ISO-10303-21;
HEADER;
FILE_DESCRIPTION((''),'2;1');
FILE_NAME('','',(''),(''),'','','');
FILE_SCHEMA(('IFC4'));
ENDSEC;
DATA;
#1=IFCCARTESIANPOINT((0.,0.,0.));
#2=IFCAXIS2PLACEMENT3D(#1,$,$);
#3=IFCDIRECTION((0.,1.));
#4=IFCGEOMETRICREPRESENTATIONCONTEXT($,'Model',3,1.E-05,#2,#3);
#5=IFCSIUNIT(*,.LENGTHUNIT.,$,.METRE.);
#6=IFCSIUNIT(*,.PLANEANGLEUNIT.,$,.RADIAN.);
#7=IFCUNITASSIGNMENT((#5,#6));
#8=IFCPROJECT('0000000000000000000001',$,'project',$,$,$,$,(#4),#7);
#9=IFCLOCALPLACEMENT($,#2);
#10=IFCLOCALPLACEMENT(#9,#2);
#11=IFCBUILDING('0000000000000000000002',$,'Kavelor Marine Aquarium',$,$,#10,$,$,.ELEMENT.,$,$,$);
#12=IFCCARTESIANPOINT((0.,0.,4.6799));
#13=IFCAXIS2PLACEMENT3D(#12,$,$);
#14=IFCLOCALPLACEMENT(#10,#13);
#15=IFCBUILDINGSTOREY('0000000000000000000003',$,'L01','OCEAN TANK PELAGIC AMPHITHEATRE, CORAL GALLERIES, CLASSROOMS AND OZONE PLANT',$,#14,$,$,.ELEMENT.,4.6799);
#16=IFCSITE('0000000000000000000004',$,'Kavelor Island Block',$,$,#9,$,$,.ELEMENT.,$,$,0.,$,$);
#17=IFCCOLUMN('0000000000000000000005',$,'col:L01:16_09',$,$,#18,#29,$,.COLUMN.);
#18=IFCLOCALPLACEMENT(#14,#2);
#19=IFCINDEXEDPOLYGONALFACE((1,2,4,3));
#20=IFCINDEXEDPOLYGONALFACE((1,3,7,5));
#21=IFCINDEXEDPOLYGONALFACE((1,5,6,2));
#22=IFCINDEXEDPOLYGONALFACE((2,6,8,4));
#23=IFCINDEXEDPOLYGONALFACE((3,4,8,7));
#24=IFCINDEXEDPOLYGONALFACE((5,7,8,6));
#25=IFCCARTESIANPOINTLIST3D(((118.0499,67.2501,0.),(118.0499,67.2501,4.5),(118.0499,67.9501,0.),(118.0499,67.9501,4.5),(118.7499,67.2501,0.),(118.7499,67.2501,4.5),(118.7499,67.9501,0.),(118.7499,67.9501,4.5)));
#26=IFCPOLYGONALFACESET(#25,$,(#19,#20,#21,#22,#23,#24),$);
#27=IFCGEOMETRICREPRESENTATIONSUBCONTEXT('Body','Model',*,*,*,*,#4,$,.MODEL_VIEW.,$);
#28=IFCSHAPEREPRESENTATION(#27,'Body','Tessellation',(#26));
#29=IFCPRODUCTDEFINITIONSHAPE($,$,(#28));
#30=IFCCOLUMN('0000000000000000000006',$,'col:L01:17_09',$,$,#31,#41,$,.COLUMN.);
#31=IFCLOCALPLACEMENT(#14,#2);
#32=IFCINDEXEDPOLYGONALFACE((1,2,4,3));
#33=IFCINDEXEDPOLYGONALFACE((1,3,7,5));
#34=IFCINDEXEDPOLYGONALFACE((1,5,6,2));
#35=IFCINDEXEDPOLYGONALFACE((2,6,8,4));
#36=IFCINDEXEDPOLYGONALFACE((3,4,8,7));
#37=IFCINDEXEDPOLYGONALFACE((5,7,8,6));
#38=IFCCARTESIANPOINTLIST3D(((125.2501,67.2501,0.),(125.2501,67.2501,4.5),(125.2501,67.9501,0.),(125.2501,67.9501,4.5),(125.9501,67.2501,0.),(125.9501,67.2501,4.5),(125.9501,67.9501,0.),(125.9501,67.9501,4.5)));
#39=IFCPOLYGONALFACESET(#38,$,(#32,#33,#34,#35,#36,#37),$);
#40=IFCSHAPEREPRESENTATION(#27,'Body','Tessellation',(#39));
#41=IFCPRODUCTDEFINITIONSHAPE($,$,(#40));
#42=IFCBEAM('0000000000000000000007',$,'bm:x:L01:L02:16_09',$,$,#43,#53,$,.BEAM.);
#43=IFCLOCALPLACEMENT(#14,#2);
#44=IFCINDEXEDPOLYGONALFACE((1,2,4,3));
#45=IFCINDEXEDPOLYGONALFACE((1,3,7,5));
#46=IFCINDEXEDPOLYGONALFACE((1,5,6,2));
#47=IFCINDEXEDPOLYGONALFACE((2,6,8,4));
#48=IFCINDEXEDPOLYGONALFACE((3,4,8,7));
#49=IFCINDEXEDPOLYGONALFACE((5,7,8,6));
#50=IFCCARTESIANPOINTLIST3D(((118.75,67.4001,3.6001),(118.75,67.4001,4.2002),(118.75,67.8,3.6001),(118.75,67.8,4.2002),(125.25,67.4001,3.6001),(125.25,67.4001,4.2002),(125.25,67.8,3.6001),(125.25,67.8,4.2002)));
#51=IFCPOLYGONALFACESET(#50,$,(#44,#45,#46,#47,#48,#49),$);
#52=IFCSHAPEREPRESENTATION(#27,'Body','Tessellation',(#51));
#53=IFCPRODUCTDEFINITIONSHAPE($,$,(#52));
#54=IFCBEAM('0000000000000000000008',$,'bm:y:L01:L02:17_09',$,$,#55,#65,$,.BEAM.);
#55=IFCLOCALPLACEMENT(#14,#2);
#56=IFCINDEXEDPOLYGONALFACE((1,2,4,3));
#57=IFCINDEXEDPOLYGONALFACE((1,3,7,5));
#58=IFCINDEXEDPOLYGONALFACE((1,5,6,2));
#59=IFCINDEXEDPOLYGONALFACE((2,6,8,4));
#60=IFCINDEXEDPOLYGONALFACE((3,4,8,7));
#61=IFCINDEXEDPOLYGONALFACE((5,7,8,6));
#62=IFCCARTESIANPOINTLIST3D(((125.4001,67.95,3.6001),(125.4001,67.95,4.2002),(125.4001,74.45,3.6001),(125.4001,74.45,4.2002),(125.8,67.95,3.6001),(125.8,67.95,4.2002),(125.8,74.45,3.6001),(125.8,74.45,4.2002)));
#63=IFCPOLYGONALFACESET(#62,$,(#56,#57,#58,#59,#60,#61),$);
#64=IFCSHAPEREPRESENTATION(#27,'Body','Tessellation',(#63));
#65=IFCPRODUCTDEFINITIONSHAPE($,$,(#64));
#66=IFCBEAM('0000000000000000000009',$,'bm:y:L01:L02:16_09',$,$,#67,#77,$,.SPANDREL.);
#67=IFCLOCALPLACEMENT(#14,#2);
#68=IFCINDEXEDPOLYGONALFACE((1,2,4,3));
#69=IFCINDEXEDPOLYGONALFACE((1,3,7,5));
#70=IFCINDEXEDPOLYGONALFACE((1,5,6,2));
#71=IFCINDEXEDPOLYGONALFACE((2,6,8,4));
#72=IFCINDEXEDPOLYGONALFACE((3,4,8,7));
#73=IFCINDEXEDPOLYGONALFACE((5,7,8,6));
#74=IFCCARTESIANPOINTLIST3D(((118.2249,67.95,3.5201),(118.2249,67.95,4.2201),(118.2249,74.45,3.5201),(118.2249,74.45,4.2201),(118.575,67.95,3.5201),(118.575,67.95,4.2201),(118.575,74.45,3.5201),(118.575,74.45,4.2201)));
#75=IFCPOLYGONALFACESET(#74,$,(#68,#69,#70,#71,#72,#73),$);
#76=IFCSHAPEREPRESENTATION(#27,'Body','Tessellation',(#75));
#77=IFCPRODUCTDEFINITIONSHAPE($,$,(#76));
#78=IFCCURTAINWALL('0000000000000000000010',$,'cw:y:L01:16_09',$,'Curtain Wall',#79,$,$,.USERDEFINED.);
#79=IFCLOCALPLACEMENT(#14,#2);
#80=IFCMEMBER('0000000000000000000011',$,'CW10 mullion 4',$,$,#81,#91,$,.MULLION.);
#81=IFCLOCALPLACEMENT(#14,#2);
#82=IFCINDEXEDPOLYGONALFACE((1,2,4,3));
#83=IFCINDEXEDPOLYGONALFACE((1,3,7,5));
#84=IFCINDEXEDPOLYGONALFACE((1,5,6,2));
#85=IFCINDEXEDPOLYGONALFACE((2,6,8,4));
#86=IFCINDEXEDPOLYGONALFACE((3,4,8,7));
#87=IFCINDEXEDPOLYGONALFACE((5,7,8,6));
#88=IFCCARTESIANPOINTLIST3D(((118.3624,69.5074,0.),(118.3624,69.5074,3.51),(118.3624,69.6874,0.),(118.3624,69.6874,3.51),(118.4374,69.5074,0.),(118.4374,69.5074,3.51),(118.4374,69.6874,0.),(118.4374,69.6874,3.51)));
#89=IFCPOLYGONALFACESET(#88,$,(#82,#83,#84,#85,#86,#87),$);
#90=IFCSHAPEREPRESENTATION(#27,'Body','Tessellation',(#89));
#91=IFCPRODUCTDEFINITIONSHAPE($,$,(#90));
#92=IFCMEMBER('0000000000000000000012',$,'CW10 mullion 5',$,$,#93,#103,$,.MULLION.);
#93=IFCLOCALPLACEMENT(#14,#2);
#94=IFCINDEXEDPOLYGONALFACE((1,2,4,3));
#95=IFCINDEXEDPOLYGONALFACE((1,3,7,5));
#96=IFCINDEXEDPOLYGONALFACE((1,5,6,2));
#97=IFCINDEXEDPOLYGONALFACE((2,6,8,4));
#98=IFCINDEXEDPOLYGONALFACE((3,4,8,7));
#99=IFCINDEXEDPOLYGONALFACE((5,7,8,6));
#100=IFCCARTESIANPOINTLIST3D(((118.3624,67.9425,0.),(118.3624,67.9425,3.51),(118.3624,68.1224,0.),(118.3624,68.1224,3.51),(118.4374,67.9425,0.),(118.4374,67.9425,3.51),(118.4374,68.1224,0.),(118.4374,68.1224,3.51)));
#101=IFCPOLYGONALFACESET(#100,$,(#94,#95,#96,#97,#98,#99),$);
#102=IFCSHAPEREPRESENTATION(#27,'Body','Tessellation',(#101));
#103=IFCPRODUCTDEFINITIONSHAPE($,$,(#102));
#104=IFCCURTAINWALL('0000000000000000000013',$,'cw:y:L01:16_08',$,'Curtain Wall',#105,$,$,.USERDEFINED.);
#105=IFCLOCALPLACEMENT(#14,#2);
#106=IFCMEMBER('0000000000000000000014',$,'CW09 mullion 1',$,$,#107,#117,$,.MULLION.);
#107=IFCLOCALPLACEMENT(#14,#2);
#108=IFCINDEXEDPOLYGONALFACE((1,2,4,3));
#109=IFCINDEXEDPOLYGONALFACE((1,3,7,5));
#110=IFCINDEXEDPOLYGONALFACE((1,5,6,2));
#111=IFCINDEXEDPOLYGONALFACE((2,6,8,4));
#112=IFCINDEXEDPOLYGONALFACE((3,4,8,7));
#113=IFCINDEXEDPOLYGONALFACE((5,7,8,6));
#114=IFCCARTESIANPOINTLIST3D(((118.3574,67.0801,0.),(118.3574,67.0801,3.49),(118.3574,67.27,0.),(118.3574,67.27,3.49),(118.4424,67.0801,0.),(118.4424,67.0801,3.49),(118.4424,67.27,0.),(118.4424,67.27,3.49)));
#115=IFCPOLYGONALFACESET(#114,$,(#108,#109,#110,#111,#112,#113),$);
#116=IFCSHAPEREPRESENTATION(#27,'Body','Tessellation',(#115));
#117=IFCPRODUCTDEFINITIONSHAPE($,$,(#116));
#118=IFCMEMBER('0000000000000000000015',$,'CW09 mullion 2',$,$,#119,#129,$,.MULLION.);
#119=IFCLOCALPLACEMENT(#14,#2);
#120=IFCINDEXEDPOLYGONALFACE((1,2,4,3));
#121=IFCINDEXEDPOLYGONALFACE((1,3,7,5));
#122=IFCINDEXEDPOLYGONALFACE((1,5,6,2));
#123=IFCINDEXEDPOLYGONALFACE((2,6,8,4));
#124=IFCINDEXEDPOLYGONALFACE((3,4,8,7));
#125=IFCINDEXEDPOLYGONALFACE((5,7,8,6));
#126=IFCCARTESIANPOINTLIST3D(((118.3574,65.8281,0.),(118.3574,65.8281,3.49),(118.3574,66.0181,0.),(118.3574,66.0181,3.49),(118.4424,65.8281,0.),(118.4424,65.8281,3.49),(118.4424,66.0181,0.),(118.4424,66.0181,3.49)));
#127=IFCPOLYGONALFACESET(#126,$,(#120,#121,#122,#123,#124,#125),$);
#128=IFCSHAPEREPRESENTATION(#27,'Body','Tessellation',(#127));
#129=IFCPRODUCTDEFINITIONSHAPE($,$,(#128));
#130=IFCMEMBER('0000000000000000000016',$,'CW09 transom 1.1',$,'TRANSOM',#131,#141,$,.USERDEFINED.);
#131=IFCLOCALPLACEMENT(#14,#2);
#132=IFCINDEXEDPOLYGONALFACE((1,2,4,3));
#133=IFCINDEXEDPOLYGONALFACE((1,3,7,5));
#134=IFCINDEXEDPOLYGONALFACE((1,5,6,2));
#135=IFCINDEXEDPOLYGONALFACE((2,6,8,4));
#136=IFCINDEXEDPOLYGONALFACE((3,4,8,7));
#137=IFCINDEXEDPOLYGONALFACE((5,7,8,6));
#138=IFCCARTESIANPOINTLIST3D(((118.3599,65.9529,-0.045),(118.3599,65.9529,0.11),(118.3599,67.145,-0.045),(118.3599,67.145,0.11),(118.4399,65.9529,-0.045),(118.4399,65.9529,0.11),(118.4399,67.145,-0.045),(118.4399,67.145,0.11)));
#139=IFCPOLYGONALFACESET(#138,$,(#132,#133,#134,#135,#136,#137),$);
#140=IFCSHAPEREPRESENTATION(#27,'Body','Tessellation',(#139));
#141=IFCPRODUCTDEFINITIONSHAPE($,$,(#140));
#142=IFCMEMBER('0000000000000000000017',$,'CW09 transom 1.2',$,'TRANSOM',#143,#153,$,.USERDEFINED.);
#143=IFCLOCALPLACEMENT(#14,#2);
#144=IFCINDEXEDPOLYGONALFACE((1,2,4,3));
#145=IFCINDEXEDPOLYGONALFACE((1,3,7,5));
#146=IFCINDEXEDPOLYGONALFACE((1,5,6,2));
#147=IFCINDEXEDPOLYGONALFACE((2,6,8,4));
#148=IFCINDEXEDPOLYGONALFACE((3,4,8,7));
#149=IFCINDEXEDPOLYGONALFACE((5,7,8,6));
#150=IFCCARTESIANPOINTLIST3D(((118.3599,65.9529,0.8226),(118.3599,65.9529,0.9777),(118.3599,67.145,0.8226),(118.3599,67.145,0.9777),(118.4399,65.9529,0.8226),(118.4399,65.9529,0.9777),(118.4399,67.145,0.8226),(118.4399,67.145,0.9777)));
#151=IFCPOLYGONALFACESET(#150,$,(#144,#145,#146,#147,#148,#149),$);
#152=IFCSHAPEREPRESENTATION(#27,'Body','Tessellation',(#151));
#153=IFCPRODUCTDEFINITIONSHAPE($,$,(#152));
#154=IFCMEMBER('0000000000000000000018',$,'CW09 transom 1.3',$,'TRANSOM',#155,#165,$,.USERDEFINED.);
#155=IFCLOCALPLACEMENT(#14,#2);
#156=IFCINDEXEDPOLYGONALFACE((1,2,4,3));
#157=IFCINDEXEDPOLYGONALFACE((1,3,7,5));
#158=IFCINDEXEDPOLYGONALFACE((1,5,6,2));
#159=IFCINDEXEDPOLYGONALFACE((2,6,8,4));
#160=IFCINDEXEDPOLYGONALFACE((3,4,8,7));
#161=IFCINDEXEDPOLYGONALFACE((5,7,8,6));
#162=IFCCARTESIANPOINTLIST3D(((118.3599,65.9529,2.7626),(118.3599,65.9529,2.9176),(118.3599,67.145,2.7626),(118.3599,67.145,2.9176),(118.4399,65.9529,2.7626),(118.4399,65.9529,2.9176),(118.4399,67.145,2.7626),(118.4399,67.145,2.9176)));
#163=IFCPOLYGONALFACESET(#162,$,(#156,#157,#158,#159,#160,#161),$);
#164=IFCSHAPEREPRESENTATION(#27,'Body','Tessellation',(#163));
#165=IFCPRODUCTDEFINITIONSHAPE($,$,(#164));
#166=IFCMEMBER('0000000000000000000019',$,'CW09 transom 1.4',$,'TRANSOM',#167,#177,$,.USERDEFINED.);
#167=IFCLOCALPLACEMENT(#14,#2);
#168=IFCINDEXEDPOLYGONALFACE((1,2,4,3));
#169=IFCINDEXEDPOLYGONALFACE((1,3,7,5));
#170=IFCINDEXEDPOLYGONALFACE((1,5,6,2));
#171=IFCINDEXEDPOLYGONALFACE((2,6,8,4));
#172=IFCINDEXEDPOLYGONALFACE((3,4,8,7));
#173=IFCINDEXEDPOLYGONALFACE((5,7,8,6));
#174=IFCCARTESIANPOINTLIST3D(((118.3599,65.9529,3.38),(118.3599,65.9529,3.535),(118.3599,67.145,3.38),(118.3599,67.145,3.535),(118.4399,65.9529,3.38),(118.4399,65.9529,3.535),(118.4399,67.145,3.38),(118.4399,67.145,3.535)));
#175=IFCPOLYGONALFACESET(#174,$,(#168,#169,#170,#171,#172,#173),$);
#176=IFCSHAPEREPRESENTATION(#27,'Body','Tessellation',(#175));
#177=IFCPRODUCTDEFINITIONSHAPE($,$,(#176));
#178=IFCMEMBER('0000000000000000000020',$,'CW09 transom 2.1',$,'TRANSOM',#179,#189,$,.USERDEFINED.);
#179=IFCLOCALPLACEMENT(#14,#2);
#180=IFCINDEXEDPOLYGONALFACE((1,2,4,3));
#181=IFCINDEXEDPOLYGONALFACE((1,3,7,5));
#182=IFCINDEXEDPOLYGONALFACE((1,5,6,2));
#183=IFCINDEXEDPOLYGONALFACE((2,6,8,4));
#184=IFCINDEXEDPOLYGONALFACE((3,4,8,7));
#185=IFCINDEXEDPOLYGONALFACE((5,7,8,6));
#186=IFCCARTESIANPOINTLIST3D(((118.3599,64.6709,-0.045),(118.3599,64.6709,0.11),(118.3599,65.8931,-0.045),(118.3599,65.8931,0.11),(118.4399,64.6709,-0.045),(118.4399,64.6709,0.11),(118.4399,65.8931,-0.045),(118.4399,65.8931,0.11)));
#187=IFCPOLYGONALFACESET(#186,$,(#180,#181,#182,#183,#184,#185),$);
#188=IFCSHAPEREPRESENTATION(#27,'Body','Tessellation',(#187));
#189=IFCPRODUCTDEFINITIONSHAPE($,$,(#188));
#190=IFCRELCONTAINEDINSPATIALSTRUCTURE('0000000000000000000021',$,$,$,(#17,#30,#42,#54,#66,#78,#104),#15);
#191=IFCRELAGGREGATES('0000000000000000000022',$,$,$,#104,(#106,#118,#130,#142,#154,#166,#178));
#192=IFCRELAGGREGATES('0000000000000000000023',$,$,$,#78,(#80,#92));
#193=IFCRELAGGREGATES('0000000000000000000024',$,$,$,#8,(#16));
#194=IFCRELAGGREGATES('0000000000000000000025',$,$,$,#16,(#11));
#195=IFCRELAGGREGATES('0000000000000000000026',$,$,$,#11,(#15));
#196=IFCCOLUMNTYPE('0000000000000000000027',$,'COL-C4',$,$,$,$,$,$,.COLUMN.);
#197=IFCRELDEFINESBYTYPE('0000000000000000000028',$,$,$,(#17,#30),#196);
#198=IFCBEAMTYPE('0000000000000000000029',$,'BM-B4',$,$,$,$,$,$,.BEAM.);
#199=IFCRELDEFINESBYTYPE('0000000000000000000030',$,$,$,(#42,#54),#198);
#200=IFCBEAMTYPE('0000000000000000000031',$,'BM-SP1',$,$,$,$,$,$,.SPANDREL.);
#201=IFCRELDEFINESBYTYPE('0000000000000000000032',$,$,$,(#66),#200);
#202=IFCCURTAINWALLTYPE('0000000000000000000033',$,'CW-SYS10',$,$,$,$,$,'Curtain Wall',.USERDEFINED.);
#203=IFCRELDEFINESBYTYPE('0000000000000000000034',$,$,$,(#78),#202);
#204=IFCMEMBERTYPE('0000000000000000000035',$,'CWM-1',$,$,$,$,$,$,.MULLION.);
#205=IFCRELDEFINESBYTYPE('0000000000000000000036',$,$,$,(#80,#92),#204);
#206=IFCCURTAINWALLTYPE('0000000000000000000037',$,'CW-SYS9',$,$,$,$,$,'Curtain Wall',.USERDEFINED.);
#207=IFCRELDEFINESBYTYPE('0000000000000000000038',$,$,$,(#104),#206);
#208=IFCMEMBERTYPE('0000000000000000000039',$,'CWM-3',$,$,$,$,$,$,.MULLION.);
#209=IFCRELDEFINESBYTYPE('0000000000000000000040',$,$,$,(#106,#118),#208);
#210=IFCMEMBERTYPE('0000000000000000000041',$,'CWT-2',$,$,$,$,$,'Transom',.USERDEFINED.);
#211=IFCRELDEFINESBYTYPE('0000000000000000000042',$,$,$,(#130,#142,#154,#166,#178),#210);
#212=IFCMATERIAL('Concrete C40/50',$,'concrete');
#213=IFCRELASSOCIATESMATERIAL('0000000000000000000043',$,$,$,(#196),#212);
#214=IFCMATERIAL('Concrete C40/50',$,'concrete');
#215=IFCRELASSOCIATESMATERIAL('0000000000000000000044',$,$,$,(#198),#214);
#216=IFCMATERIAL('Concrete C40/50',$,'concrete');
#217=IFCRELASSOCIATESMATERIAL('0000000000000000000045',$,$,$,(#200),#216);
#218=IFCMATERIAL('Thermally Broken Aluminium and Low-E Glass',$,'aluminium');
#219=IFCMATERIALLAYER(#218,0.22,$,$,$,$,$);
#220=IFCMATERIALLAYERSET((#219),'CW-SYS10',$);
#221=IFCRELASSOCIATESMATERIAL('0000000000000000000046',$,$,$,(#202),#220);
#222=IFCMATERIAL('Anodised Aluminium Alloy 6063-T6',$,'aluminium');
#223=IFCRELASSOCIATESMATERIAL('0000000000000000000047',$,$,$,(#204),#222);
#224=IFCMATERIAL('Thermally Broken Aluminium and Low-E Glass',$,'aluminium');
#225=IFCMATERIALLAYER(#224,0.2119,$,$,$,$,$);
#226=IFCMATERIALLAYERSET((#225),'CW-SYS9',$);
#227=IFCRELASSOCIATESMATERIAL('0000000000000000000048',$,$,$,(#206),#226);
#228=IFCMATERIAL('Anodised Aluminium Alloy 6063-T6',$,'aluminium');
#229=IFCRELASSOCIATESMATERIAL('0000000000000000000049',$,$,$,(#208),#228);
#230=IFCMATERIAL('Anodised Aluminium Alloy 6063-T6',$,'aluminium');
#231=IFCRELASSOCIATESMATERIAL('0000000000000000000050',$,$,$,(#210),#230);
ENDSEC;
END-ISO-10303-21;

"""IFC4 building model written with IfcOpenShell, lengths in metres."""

from ifc_helpers import new_model, si_unit, direction, frame, origin, origin_2d, place, context, subcontext, project, spatial, rectangle, extrude, material, layer, layer_set, material_profile, profile_set, type_object, element, aggregate, save


model = new_model("IFC4")

# Units and contexts
model_context = context("Model", 3, precision=1e-05, world=origin(), true_north=direction((0.0, 1.0)))
body_context = subcontext(model_context, "Body", "Model", "MODEL_VIEW")
ifc_project = project(units=[si_unit("LENGTHUNIT", "METRE"), si_unit("PLANEANGLEUNIT", "RADIAN")], contexts=[model_context])

# Site, building, storey
site_placement = place(None, origin())
site = spatial("IfcSite", under=ifc_project, at=site_placement, Name="Kavelor Island Block", CompositionType="ELEMENT", RefElevation=0.0)
building_placement = place(site_placement, origin())
building = spatial("IfcBuilding", under=site, at=building_placement, Name="Kavelor Marine Aquarium", CompositionType="ELEMENT")
storey_placement = place(building_placement, frame((0.0, 0.0, 4.6799)))
storey = spatial("IfcBuildingStorey", under=building, at=storey_placement, Name="L01", Description="OCEAN TANK PELAGIC AMPHITHEATRE, CORAL GALLERIES, CLASSROOMS AND OZONE PLANT", CompositionType="ELEMENT", Elevation=4.6799)

# Columns
ifc_material_1 = material(Name="Concrete C40/50", Category="concrete")
ifc_material_profile_1 = material_profile(ifc_material_1, rectangle(XDim=0.7, YDim=0.7, at=origin_2d()), Name="RC-COL 700x700")
ifc_profile_set_1 = profile_set([ifc_material_profile_1], Name="Concrete C40/50")
column_type = type_object("IfcColumnType", Name="COL-C4", PredefinedType="COLUMN", material=ifc_profile_set_1)
for number, where, z_axis, x_axis, name in (
    (1, (118.3999, 67.6001, 0.0), (0.0, 0.0, 1.0), (1.0, 0.0, 0.0), "col:L01:16_09"),
    (2, (125.6001, 67.6001, 0.0), (0.0, 0.0, 1.0), (1.0, 0.0, 0.0), "col:L01:17_09"),
):
    element("IfcColumn", number, at=place(storey_placement, frame(where, z_axis=z_axis, x_axis=x_axis)), inside=storey, type_object=column_type, Name=name, PredefinedType="COLUMN", context=body_context, shape_type="SweptSolid", body=[
        extrude(rectangle(XDim=0.7, YDim=0.7, at=origin_2d()), origin(), (0.0, 0.0, 1.0), 4.5),
    ])

# Beams
ifc_material_2 = material(Name="Concrete C40/50", Category="concrete")
ifc_material_profile_2 = material_profile(ifc_material_2, rectangle(XDim=0.3999, YDim=0.6001, at=origin_2d()), Name="RC-BM 400x600")
ifc_profile_set_2 = profile_set([ifc_material_profile_2], Name="Concrete C40/50")
beam_type_1 = type_object("IfcBeamType", Name="BM-B4", PredefinedType="BEAM", material=ifc_profile_set_2)
for number, where, z_axis, x_axis, name in (
    (3, (118.75, 67.6001, 3.9001), (1.0, 0.0, 0.0), (0.0, 1.0, 0.0), "bm:x:L01:L02:16_09"),
    (4, (125.6001, 67.95, 3.9001), (0.0, 1.0, 0.0), (-1.0, 0.0, 0.0), "bm:y:L01:L02:17_09"),
):
    element("IfcBeam", number, at=place(storey_placement, frame(where, z_axis=z_axis, x_axis=x_axis)), inside=storey, type_object=beam_type_1, Name=name, PredefinedType="BEAM", context=body_context, shape_type="SweptSolid", body=[
        extrude(rectangle(XDim=0.3999, YDim=0.6001, at=origin_2d()), origin(), (0.0, 0.0, 1.0), 6.5),
    ])
ifc_material_3 = material(Name="Concrete C40/50", Category="concrete")
ifc_material_profile_3 = material_profile(ifc_material_3, rectangle(XDim=0.3501, YDim=0.7, at=origin_2d()), Name="RC-SP 350x700")
ifc_profile_set_3 = profile_set([ifc_material_profile_3], Name="Concrete C40/50")
beam_type_2 = type_object("IfcBeamType", Name="BM-SP1", PredefinedType="SPANDREL", material=ifc_profile_set_3)
beam_placement = place(storey_placement, frame((118.3999, 67.95, 3.8701), z_axis=(0.0, 1.0, 0.0), x_axis=(-1.0, 0.0, 0.0)))
element("IfcBeam", 5, at=beam_placement, inside=storey, type_object=beam_type_2, Name="bm:y:L01:L02:16_09", PredefinedType="SPANDREL", context=body_context, shape_type="SweptSolid", body=[
    extrude(rectangle(XDim=0.3501, YDim=0.7, at=origin_2d()), origin(), (0.0, 0.0, 1.0), 6.5),
])

# Curtain walls, members
ifc_material_4 = material(Name="Thermally Broken Aluminium and Low-E Glass", Category="aluminium")
ifc_layer_1 = layer(ifc_material_4, 0.22)
ifc_layer_set_1 = layer_set([ifc_layer_1], Name="CW-SYS10")
curtain_wall_type_1 = type_object("IfcCurtainWallType", Name="CW-SYS10", ElementType="Curtain Wall", PredefinedType="USERDEFINED", material=ifc_layer_set_1)
curtain_wall_1_placement = place(storey_placement, origin())
curtain_wall_1 = element("IfcCurtainWall", 6, at=curtain_wall_1_placement, inside=storey, type_object=curtain_wall_type_1, Name="cw:y:L01:16_09", ObjectType="Curtain Wall", PredefinedType="USERDEFINED")
ifc_material_5 = material(Name="Anodised Aluminium Alloy 6063-T6", Category="aluminium")
ifc_material_profile_4 = material_profile(ifc_material_5, rectangle(XDim=0.075, YDim=0.1799, at=origin_2d()), Name="CW-MUL 75x180")
ifc_profile_set_4 = profile_set([ifc_material_profile_4], Name="Anodised Aluminium Alloy 6063-T6")
member_type_1 = type_object("IfcMemberType", Name="CWM-1", PredefinedType="MULLION", material=ifc_profile_set_4)
member_1_placement = place(storey_placement, frame((118.3999, 69.5974, 0.0), z_axis=(0.0, 0.0, 1.0), x_axis=(1.0, 0.0, 0.0)))
member_1 = element("IfcMember", 7, at=member_1_placement, type_object=member_type_1, Name="CW10 mullion 4", PredefinedType="MULLION", context=body_context, shape_type="SweptSolid", body=[
    extrude(rectangle(XDim=0.075, YDim=0.1799, at=origin_2d()), origin(), (0.0, 0.0, 1.0), 3.51),
])
member_2_placement = place(storey_placement, frame((118.3999, 68.0325, 0.0), z_axis=(0.0, 0.0, 1.0), x_axis=(1.0, 0.0, 0.0)))
member_2 = element("IfcMember", 8, at=member_2_placement, type_object=member_type_1, Name="CW10 mullion 5", PredefinedType="MULLION", context=body_context, shape_type="SweptSolid", body=[
    extrude(rectangle(XDim=0.075, YDim=0.1799, at=origin_2d()), origin(), (0.0, 0.0, 1.0), 3.51),
])
ifc_material_6 = material(Name="Thermally Broken Aluminium and Low-E Glass", Category="aluminium")
ifc_layer_2 = layer(ifc_material_6, 0.2119)
ifc_layer_set_2 = layer_set([ifc_layer_2], Name="CW-SYS9")
curtain_wall_type_2 = type_object("IfcCurtainWallType", Name="CW-SYS9", ElementType="Curtain Wall", PredefinedType="USERDEFINED", material=ifc_layer_set_2)
curtain_wall_2_placement = place(storey_placement, origin())
curtain_wall_2 = element("IfcCurtainWall", 9, at=curtain_wall_2_placement, inside=storey, type_object=curtain_wall_type_2, Name="cw:y:L01:16_08", ObjectType="Curtain Wall", PredefinedType="USERDEFINED")
ifc_material_7 = material(Name="Anodised Aluminium Alloy 6063-T6", Category="aluminium")
ifc_material_profile_5 = material_profile(ifc_material_7, rectangle(XDim=0.085, YDim=0.1899, at=origin_2d()), Name="CW-MUL 85x190")
ifc_profile_set_5 = profile_set([ifc_material_profile_5], Name="Anodised Aluminium Alloy 6063-T6")
member_type_2 = type_object("IfcMemberType", Name="CWM-3", PredefinedType="MULLION", material=ifc_profile_set_5)
member_3_placement = place(storey_placement, frame((118.3999, 67.175, 0.0), z_axis=(0.0, 0.0, 1.0), x_axis=(1.0, 0.0, 0.0)))
member_3 = element("IfcMember", 10, at=member_3_placement, type_object=member_type_2, Name="CW09 mullion 1", PredefinedType="MULLION", context=body_context, shape_type="SweptSolid", body=[
    extrude(rectangle(XDim=0.085, YDim=0.1899, at=origin_2d()), origin(), (0.0, 0.0, 1.0), 3.49),
])
member_4_placement = place(storey_placement, frame((118.3999, 65.9231, 0.0), z_axis=(0.0, 0.0, 1.0), x_axis=(1.0, 0.0, 0.0)))
member_4 = element("IfcMember", 11, at=member_4_placement, type_object=member_type_2, Name="CW09 mullion 2", PredefinedType="MULLION", context=body_context, shape_type="SweptSolid", body=[
    extrude(rectangle(XDim=0.085, YDim=0.1899, at=origin_2d()), origin(), (0.0, 0.0, 1.0), 3.49),
])
ifc_material_8 = material(Name="Anodised Aluminium Alloy 6063-T6", Category="aluminium")
ifc_material_profile_6 = material_profile(ifc_material_8, rectangle(XDim=0.0801, YDim=0.155, at=origin_2d()), Name="CW-TRN 80x155")
ifc_profile_set_6 = profile_set([ifc_material_profile_6], Name="Anodised Aluminium Alloy 6063-T6")
member_type_3 = type_object("IfcMemberType", Name="CWT-2", ElementType="Transom", PredefinedType="USERDEFINED", material=ifc_profile_set_6)
member_5_placement = place(storey_placement, frame((118.3999, 67.145, 0.0325), z_axis=(0.0, -1.0, 0.0), x_axis=(1.0, 0.0, 0.0)))
member_5 = element("IfcMember", 12, at=member_5_placement, type_object=member_type_3, Name="CW09 transom 1.1", ObjectType="TRANSOM", PredefinedType="USERDEFINED", context=body_context, shape_type="SweptSolid", body=[
    extrude(rectangle(XDim=0.0801, YDim=0.155, at=origin_2d()), origin(), (0.0, 0.0, 1.0), 1.1921),
])
member_6_placement = place(storey_placement, frame((118.3999, 67.145, 0.9001), z_axis=(0.0, -1.0, 0.0), x_axis=(1.0, 0.0, 0.0)))
member_6 = element("IfcMember", 13, at=member_6_placement, type_object=member_type_3, Name="CW09 transom 1.2", ObjectType="TRANSOM", PredefinedType="USERDEFINED", context=body_context, shape_type="SweptSolid", body=[
    extrude(rectangle(XDim=0.0801, YDim=0.155, at=origin_2d()), origin(), (0.0, 0.0, 1.0), 1.1921),
])
member_7_placement = place(storey_placement, frame((118.3999, 67.145, 2.8401), z_axis=(0.0, -1.0, 0.0), x_axis=(1.0, 0.0, 0.0)))
member_7 = element("IfcMember", 14, at=member_7_placement, type_object=member_type_3, Name="CW09 transom 1.3", ObjectType="TRANSOM", PredefinedType="USERDEFINED", context=body_context, shape_type="SweptSolid", body=[
    extrude(rectangle(XDim=0.0801, YDim=0.155, at=origin_2d()), origin(), (0.0, 0.0, 1.0), 1.1921),
])
member_8_placement = place(storey_placement, frame((118.3999, 67.145, 3.4575), z_axis=(0.0, -1.0, 0.0), x_axis=(1.0, 0.0, 0.0)))
member_8 = element("IfcMember", 15, at=member_8_placement, type_object=member_type_3, Name="CW09 transom 1.4", ObjectType="TRANSOM", PredefinedType="USERDEFINED", context=body_context, shape_type="SweptSolid", body=[
    extrude(rectangle(XDim=0.0801, YDim=0.155, at=origin_2d()), origin(), (0.0, 0.0, 1.0), 1.1921),
])
member_9_placement = place(storey_placement, frame((118.3999, 65.8931, 0.0325), z_axis=(0.0, -1.0, 0.0), x_axis=(1.0, 0.0, 0.0)))
member_9 = element("IfcMember", 16, at=member_9_placement, type_object=member_type_3, Name="CW09 transom 2.1", ObjectType="TRANSOM", PredefinedType="USERDEFINED", context=body_context, shape_type="SweptSolid", body=[
    extrude(rectangle(XDim=0.0801, YDim=0.155, at=origin_2d()), origin(), (0.0, 0.0, 1.0), 1.2222),
])

aggregate(curtain_wall_2, [member_3, member_4, member_5, member_6, member_7, member_8, member_9])
aggregate(curtain_wall_1, [member_1, member_2])

save(model, "model.ifc")
